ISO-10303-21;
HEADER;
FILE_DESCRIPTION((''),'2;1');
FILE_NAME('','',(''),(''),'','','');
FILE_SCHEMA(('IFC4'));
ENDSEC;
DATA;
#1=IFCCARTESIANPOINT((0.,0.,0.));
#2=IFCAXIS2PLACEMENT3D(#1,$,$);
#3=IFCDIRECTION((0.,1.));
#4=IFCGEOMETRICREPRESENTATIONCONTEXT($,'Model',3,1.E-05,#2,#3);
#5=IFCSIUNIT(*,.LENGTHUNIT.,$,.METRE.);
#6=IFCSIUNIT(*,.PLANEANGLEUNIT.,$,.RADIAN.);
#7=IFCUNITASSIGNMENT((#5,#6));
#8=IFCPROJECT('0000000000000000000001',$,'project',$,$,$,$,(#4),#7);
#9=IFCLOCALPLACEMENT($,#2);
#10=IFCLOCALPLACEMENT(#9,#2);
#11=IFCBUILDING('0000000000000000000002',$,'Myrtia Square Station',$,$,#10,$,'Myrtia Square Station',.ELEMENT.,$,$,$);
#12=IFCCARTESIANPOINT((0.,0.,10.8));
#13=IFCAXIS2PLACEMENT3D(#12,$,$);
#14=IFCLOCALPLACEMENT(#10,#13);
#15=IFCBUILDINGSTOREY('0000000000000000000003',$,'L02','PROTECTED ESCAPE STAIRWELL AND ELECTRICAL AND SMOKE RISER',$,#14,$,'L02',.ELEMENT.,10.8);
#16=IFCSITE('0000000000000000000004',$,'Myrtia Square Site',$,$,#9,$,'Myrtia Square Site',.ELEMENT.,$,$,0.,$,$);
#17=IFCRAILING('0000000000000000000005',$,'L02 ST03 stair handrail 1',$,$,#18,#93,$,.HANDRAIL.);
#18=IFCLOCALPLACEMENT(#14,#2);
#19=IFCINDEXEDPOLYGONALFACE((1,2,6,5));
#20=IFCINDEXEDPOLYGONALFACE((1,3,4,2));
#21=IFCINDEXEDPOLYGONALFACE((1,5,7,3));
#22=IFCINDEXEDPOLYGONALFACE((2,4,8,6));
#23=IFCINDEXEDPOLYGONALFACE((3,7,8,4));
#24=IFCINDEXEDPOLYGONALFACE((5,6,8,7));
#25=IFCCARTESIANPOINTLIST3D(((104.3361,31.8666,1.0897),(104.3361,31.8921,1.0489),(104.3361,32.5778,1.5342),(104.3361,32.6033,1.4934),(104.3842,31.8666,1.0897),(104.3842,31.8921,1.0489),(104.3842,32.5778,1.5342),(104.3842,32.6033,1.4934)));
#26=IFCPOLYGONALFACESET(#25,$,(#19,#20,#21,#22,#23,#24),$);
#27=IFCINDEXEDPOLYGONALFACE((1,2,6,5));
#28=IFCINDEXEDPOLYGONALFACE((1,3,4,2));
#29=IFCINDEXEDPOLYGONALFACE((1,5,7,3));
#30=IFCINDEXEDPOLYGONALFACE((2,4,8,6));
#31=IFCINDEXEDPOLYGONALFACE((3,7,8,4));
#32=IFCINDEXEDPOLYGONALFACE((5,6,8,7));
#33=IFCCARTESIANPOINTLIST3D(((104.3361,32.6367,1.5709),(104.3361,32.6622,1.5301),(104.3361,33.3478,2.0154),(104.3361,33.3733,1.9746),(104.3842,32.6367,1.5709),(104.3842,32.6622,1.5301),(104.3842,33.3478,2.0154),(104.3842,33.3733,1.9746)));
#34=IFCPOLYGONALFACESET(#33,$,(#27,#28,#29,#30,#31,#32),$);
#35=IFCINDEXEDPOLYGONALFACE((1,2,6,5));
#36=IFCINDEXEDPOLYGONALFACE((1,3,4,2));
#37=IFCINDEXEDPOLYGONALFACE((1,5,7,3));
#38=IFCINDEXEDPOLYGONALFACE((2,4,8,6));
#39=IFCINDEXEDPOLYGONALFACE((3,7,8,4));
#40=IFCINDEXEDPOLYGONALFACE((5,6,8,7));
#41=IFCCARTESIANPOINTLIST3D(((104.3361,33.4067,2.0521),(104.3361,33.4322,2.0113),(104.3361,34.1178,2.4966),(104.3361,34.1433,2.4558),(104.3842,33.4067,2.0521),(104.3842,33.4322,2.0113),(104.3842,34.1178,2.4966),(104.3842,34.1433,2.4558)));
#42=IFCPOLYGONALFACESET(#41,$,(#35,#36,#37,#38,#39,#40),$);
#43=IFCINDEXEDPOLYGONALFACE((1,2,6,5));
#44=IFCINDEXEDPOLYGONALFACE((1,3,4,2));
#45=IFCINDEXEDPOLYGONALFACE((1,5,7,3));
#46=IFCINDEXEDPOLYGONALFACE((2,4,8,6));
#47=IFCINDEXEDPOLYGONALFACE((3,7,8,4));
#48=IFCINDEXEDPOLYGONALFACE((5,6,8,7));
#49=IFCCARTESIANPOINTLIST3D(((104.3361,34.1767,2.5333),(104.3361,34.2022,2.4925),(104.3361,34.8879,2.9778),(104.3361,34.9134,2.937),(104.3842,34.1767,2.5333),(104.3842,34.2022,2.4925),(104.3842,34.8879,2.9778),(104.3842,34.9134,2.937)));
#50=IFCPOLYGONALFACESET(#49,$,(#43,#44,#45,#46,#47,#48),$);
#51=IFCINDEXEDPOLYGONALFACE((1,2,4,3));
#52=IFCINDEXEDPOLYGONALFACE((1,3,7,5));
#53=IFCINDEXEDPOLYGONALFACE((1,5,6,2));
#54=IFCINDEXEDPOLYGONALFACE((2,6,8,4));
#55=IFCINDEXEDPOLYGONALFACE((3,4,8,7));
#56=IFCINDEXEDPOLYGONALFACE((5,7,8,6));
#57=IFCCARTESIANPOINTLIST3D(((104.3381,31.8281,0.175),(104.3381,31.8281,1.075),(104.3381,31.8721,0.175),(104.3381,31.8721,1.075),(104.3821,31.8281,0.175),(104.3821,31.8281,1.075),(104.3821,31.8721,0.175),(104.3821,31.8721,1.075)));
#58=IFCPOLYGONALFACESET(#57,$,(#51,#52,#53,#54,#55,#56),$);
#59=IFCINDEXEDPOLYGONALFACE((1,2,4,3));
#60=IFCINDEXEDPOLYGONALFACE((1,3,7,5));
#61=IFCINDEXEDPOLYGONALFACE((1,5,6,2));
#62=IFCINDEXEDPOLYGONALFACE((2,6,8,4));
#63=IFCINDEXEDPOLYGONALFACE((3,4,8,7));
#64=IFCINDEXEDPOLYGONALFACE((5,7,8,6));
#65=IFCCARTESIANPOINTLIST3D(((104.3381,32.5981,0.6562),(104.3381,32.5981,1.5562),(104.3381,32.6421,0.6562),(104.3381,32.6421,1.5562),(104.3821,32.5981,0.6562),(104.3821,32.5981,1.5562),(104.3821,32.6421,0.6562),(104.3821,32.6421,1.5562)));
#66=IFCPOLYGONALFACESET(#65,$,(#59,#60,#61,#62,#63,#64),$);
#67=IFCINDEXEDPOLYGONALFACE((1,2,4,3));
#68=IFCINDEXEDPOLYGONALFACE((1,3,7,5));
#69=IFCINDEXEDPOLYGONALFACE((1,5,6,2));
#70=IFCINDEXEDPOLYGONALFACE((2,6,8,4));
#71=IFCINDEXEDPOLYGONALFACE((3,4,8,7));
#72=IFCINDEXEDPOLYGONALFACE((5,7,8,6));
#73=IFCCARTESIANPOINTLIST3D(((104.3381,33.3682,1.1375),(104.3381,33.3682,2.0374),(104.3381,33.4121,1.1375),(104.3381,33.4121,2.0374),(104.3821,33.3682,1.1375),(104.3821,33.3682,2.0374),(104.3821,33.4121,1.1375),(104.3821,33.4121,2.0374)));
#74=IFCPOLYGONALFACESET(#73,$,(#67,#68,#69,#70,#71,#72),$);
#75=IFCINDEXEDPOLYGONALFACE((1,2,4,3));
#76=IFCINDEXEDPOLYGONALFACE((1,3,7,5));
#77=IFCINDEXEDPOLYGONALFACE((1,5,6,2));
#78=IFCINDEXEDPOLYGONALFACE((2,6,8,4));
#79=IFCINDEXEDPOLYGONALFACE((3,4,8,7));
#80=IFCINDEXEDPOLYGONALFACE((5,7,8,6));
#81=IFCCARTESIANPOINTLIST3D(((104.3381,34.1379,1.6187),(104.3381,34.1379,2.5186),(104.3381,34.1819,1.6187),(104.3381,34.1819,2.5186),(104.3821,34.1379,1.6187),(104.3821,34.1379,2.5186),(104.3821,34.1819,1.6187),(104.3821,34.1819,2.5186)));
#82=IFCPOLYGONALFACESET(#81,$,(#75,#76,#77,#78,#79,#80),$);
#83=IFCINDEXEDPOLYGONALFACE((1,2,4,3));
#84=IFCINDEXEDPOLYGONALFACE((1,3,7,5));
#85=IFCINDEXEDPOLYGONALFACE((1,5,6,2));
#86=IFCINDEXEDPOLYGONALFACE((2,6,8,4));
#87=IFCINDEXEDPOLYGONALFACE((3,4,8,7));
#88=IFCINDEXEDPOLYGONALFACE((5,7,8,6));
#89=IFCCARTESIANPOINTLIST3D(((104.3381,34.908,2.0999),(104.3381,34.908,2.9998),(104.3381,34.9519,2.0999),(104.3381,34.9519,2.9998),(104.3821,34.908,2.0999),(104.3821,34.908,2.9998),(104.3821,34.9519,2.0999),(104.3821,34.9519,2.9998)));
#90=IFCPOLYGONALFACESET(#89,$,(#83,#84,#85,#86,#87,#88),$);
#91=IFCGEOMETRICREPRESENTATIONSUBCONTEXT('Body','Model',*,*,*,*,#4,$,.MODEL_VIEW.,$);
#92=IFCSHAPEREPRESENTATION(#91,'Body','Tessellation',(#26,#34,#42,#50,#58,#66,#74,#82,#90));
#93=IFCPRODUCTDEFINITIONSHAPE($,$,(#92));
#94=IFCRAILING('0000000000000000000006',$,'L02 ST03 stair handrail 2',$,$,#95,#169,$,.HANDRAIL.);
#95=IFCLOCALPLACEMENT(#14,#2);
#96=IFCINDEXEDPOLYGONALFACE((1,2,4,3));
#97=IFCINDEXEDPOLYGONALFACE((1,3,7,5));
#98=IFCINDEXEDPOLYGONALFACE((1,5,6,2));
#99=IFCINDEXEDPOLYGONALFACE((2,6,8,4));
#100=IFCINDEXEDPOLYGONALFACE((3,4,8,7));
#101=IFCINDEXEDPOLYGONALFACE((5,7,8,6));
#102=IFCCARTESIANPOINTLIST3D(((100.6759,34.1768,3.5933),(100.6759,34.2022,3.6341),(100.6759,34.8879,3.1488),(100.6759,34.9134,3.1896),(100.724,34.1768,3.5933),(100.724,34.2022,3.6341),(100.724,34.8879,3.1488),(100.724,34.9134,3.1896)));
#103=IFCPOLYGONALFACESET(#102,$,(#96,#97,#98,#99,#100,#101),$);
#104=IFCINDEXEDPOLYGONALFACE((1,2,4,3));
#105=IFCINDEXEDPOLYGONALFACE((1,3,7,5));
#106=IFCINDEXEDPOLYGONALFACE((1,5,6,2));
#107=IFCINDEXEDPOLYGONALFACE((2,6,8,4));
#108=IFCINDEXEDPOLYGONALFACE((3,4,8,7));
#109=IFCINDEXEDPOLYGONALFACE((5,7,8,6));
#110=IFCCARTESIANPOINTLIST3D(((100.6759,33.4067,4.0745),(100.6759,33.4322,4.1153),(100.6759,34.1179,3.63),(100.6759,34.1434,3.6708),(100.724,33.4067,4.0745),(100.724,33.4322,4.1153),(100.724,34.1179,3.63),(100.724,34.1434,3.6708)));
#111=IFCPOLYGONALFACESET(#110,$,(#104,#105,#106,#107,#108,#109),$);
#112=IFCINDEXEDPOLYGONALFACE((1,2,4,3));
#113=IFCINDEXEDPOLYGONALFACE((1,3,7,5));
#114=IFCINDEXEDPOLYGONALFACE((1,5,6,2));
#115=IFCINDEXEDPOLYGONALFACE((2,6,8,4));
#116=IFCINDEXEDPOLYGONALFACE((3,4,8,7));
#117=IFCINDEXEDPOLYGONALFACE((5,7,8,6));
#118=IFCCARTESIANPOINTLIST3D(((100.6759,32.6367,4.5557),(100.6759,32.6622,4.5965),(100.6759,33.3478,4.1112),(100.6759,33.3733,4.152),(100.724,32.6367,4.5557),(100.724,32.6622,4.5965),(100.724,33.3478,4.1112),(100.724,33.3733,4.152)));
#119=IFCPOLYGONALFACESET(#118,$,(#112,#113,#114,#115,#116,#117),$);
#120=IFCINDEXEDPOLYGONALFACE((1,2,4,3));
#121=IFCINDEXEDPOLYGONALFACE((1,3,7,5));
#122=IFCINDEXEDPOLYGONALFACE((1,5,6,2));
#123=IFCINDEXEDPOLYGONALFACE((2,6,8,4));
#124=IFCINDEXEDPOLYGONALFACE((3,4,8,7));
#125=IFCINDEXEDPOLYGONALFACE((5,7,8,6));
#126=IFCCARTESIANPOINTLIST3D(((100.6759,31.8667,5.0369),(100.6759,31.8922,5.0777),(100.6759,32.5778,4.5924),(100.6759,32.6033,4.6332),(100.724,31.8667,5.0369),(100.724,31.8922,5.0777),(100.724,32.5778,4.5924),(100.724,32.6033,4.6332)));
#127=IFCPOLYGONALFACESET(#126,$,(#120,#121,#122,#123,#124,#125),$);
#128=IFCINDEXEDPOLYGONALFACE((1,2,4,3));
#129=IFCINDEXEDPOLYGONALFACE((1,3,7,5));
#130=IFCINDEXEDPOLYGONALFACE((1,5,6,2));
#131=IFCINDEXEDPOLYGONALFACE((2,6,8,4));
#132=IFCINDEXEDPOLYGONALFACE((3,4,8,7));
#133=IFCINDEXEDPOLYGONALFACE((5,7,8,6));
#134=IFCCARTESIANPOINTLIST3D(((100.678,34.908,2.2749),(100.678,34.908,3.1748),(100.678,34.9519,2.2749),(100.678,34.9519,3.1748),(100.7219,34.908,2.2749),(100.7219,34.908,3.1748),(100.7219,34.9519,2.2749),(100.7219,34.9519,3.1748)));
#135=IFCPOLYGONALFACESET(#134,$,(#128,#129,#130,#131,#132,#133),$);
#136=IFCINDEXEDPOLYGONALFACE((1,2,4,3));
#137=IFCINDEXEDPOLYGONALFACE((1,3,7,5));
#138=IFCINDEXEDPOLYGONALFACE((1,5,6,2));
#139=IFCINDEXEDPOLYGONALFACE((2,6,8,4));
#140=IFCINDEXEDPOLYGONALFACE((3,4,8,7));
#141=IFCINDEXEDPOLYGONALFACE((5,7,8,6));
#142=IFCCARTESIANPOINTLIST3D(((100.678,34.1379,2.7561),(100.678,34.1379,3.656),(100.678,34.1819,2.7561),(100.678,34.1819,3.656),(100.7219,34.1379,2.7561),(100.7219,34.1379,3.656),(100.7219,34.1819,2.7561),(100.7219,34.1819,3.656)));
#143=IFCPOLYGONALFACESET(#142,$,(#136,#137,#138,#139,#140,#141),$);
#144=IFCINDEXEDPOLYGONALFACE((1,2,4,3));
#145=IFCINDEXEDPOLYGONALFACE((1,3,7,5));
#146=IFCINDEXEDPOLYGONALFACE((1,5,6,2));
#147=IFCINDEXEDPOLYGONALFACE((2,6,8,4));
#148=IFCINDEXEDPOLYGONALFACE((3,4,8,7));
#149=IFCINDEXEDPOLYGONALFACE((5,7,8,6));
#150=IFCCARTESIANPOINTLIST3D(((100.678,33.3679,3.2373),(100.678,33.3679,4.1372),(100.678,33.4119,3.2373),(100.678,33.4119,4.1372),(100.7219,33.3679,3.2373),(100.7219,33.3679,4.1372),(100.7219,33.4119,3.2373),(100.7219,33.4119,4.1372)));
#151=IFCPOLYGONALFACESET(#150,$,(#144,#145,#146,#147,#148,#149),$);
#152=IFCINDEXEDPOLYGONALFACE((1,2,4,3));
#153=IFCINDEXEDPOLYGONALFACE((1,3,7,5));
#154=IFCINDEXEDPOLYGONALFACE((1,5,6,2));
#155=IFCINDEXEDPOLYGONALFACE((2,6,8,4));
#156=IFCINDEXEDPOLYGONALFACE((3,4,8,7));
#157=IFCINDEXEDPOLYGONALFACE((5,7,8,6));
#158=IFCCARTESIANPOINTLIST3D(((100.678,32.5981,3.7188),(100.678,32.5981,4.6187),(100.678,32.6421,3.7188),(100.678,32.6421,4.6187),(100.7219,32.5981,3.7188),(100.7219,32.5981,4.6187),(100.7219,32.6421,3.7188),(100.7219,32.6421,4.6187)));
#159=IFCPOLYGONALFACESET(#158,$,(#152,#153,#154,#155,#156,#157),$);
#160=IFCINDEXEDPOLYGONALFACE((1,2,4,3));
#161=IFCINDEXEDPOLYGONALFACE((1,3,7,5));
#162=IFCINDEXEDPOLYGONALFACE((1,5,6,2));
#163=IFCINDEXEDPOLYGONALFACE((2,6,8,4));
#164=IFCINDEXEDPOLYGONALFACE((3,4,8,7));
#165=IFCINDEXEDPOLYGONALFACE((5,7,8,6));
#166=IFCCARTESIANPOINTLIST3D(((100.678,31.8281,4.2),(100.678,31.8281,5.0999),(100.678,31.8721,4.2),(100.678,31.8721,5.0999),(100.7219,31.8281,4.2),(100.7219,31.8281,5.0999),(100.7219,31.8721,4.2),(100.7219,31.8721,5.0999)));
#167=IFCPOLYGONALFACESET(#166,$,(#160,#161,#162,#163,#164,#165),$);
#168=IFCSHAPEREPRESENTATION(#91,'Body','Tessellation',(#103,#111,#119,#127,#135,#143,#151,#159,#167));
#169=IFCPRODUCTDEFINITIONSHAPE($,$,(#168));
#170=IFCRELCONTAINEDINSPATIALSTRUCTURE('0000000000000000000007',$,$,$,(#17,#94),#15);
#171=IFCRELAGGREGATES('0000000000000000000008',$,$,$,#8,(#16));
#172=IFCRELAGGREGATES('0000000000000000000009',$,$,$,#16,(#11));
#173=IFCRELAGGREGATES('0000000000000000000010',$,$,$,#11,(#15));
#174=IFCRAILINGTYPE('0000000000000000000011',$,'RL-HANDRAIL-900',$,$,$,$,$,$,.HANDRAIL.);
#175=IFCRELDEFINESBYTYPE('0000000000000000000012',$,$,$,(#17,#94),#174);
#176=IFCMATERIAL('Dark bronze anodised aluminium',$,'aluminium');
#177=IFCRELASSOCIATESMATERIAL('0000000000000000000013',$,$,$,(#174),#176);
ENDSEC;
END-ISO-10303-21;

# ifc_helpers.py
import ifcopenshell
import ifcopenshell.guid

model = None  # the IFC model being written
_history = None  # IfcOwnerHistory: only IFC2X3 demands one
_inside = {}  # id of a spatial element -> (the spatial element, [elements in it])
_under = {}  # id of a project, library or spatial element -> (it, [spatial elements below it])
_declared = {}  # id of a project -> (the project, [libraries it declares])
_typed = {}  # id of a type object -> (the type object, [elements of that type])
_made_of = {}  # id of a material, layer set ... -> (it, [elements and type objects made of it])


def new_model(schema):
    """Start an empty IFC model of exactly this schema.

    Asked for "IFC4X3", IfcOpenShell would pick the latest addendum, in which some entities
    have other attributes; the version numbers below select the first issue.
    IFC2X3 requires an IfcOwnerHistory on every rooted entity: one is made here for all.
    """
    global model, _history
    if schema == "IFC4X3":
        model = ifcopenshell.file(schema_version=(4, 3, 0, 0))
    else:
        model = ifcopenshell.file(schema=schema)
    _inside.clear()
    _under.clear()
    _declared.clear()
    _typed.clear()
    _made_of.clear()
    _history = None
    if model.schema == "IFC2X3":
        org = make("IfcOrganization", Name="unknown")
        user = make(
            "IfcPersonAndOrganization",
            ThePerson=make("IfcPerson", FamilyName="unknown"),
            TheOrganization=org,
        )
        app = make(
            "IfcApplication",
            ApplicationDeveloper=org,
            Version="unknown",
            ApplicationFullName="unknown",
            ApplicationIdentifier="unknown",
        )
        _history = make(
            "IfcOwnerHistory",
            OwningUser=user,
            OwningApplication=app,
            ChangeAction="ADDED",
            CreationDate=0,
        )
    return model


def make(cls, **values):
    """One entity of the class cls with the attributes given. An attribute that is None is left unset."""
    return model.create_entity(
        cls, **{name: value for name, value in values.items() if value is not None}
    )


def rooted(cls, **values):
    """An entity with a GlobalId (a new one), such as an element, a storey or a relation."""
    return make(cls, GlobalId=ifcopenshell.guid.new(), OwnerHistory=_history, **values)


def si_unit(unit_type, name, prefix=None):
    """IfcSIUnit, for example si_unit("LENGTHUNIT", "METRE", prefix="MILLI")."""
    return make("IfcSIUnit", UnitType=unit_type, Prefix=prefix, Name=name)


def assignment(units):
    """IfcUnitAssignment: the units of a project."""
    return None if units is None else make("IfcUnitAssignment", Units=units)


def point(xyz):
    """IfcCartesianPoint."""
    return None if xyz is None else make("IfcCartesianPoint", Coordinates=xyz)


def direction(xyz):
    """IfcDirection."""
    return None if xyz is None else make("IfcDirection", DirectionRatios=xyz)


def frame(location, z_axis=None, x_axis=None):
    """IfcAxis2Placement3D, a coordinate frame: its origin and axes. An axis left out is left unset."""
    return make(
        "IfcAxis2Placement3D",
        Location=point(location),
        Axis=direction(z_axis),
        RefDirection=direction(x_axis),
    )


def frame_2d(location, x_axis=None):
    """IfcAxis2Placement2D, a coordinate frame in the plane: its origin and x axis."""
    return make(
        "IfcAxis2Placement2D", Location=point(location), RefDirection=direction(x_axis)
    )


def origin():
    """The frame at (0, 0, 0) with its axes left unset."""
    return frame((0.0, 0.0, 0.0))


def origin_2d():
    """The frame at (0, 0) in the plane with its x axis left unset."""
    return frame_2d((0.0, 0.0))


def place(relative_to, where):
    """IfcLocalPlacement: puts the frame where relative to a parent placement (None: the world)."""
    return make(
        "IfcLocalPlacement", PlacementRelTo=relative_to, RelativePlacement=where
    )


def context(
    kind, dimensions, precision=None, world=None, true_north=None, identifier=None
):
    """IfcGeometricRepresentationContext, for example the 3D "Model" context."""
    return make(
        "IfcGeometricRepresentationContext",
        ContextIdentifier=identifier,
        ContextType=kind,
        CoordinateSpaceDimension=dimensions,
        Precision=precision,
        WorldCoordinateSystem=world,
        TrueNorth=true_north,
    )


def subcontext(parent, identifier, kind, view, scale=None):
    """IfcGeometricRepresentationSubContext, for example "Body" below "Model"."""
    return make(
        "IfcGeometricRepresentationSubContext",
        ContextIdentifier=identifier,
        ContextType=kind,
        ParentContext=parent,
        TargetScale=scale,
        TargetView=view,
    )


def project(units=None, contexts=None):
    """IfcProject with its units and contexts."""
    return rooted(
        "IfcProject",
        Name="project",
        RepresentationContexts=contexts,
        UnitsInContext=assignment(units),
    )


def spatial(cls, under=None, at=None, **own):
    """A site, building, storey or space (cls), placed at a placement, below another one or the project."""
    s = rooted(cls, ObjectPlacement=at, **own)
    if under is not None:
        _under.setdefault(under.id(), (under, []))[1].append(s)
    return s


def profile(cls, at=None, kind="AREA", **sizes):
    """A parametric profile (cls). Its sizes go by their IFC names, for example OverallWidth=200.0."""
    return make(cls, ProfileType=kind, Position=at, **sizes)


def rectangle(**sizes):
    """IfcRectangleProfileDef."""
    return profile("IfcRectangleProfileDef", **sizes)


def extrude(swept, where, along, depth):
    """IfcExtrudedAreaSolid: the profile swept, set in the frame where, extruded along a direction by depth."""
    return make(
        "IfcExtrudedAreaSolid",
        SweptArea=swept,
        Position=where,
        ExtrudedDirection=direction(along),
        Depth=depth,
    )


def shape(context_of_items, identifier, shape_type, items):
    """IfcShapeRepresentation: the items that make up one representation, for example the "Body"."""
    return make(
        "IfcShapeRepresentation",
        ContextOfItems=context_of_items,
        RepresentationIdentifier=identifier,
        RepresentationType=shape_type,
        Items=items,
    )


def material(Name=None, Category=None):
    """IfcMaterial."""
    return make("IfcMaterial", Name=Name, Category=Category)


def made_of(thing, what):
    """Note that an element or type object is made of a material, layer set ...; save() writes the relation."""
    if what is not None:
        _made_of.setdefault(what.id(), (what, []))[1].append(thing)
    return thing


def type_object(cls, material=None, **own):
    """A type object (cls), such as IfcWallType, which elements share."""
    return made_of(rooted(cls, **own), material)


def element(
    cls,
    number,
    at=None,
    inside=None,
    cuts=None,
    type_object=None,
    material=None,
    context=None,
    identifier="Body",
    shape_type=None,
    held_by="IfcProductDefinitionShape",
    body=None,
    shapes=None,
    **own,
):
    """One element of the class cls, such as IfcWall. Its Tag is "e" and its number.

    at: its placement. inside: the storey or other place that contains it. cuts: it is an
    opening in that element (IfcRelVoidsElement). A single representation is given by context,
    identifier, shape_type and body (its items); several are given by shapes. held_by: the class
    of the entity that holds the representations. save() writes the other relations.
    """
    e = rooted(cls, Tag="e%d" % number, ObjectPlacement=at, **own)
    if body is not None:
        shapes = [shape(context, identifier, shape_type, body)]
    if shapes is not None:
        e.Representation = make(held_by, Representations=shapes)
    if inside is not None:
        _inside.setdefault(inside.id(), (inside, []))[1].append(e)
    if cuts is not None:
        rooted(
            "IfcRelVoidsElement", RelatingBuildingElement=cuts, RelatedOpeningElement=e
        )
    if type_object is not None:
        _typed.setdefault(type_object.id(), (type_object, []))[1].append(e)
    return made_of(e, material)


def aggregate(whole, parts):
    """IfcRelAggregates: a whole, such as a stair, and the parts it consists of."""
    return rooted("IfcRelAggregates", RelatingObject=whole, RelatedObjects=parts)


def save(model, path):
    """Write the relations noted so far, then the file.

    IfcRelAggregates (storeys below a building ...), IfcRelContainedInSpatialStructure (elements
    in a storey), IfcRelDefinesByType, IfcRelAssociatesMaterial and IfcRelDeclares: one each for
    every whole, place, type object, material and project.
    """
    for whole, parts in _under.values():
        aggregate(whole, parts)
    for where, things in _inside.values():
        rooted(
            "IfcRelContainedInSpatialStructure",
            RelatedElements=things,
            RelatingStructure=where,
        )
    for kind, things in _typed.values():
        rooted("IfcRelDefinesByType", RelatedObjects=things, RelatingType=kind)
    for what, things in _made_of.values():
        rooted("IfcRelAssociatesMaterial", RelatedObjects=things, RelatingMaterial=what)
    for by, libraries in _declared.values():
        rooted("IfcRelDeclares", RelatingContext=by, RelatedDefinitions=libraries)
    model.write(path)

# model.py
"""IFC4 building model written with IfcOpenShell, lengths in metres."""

from ifc_helpers import new_model, si_unit, direction, frame, origin, origin_2d, place, context, subcontext, project, spatial, rectangle, extrude, material, type_object, element, save


model = new_model("IFC4")

# Units and contexts
model_context = context("Model", 3, precision=1e-05, world=origin(), true_north=direction((0.0, 1.0)))
body_context = subcontext(model_context, "Body", "Model", "MODEL_VIEW")
ifc_project = project(units=[si_unit("LENGTHUNIT", "METRE"), si_unit("PLANEANGLEUNIT", "RADIAN")], contexts=[model_context])

# Site, building, storey
site_placement = place(None, origin())
site = spatial("IfcSite", under=ifc_project, at=site_placement, Name="Myrtia Square Site", LongName="Myrtia Square Site", CompositionType="ELEMENT", RefElevation=0.0)
building_placement = place(site_placement, origin())
building = spatial("IfcBuilding", under=site, at=building_placement, Name="Myrtia Square Station", LongName="Myrtia Square Station", CompositionType="ELEMENT")
storey_placement = place(building_placement, frame((0.0, 0.0, 10.8)))
storey = spatial("IfcBuildingStorey", under=building, at=storey_placement, Name="L02", Description="PROTECTED ESCAPE STAIRWELL AND ELECTRICAL AND SMOKE RISER", LongName="L02", CompositionType="ELEMENT", Elevation=10.8)

# Shared definitions
ifc_material_1 = material(Name="Dark bronze anodised aluminium", Category="aluminium")

# Railings
railing_type_1 = type_object("IfcRailingType", Name="RL-HANDRAIL-900", PredefinedType="HANDRAIL", material=ifc_material_1)
railing_1_placement = place(storey_placement, frame((104.3601, 31.8501, 0.175)))
element("IfcRailing", 1, at=railing_1_placement, inside=storey, type_object=railing_type_1, Name="L02 ST03 stair handrail 1", PredefinedType="HANDRAIL", context=body_context, shape_type="SweptSolid", body=[
    extrude(rectangle(XDim=0.0481, YDim=0.0481, at=origin_2d()), frame((0.0, 0.0293, 0.8943), z_axis=(0.0, 0.84801, 0.529981), x_axis=(-1.0, 0.0, 0.0)), (0.0, 0.0, 1.0), 0.8386),
    extrude(rectangle(XDim=0.0481, YDim=0.0481, at=origin_2d()), frame((0.0, 0.7993, 1.3755), z_axis=(0.0, 0.84801, 0.529981), x_axis=(-1.0, 0.0, 0.0)), (0.0, 0.0, 1.0), 0.8386),
    extrude(rectangle(XDim=0.0481, YDim=0.0481, at=origin_2d()), frame((0.0, 1.5693, 1.8567), z_axis=(0.0, 0.84801, 0.529981), x_axis=(-1.0, 0.0, 0.0)), (0.0, 0.0, 1.0), 0.8386),
    extrude(rectangle(XDim=0.0481, YDim=0.0481, at=origin_2d()), frame((0.0, 2.3394, 2.3379), z_axis=(0.0, 0.84801, 0.529981), x_axis=(-1.0, 0.0, 0.0)), (0.0, 0.0, 1.0), 0.8386),
    extrude(rectangle(XDim=0.0439, YDim=0.0439, at=origin_2d()), origin(), (0.0, 0.0, 1.0), 0.8999),
    extrude(rectangle(XDim=0.0439, YDim=0.0439, at=origin_2d()), frame((0.0, 0.77, 0.4812)), (0.0, 0.0, 1.0), 0.8999),
    extrude(rectangle(XDim=0.0439, YDim=0.0439, at=origin_2d()), frame((0.0, 1.54, 0.9624)), (0.0, 0.0, 1.0), 0.8999),
    extrude(rectangle(XDim=0.0439, YDim=0.0439, at=origin_2d()), frame((0.0, 2.3098, 1.4436)), (0.0, 0.0, 1.0), 0.8999),
    extrude(rectangle(XDim=0.0439, YDim=0.0439, at=origin_2d()), frame((0.0, 3.0798, 1.9248)), (0.0, 0.0, 1.0), 0.8999),
])
railing_2_placement = place(storey_placement, frame((100.7, 34.9299, 2.2749)))
element("IfcRailing", 2, at=railing_2_placement, inside=storey, type_object=railing_type_1, Name="L02 ST03 stair handrail 2", PredefinedType="HANDRAIL", context=body_context, shape_type="SweptSolid", body=[
    extrude(rectangle(XDim=0.0481, YDim=0.0481, at=origin_2d()), frame((0.0, -0.0293, 0.8943), z_axis=(0.0, -0.847979, 0.530029), x_axis=(1.0, 0.0, 0.0)), (0.0, 0.0, 1.0), 0.8386),
    extrude(rectangle(XDim=0.0481, YDim=0.0481, at=origin_2d()), frame((0.0, -0.7993, 1.3755), z_axis=(0.0, -0.847979, 0.530029), x_axis=(1.0, 0.0, 0.0)), (0.0, 0.0, 1.0), 0.8386),
    extrude(rectangle(XDim=0.0481, YDim=0.0481, at=origin_2d()), frame((0.0, -1.5693, 1.8567), z_axis=(0.0, -0.847979, 0.530029), x_axis=(1.0, 0.0, 0.0)), (0.0, 0.0, 1.0), 0.8386),
    extrude(rectangle(XDim=0.0481, YDim=0.0481, at=origin_2d()), frame((0.0, -2.3394, 2.3379), z_axis=(0.0, -0.847979, 0.530029), x_axis=(1.0, 0.0, 0.0)), (0.0, 0.0, 1.0), 0.8386),
    extrude(rectangle(XDim=0.0439, YDim=0.0439, at=origin_2d()), origin(), (0.0, 0.0, 1.0), 0.8999),
    extrude(rectangle(XDim=0.0439, YDim=0.0439, at=origin_2d()), frame((0.0, -0.77, 0.4812)), (0.0, 0.0, 1.0), 0.8999),
    extrude(rectangle(XDim=0.0439, YDim=0.0439, at=origin_2d()), frame((0.0, -1.54, 0.9624)), (0.0, 0.0, 1.0), 0.8999),
    extrude(rectangle(XDim=0.0439, YDim=0.0439, at=origin_2d()), frame((0.0, -2.3098, 1.4438)), (0.0, 0.0, 1.0), 0.8999),
    extrude(rectangle(XDim=0.0439, YDim=0.0439, at=origin_2d()), frame((0.0, -3.0798, 1.925)), (0.0, 0.0, 1.0), 0.8999),
])

save(model, "model.ifc")
